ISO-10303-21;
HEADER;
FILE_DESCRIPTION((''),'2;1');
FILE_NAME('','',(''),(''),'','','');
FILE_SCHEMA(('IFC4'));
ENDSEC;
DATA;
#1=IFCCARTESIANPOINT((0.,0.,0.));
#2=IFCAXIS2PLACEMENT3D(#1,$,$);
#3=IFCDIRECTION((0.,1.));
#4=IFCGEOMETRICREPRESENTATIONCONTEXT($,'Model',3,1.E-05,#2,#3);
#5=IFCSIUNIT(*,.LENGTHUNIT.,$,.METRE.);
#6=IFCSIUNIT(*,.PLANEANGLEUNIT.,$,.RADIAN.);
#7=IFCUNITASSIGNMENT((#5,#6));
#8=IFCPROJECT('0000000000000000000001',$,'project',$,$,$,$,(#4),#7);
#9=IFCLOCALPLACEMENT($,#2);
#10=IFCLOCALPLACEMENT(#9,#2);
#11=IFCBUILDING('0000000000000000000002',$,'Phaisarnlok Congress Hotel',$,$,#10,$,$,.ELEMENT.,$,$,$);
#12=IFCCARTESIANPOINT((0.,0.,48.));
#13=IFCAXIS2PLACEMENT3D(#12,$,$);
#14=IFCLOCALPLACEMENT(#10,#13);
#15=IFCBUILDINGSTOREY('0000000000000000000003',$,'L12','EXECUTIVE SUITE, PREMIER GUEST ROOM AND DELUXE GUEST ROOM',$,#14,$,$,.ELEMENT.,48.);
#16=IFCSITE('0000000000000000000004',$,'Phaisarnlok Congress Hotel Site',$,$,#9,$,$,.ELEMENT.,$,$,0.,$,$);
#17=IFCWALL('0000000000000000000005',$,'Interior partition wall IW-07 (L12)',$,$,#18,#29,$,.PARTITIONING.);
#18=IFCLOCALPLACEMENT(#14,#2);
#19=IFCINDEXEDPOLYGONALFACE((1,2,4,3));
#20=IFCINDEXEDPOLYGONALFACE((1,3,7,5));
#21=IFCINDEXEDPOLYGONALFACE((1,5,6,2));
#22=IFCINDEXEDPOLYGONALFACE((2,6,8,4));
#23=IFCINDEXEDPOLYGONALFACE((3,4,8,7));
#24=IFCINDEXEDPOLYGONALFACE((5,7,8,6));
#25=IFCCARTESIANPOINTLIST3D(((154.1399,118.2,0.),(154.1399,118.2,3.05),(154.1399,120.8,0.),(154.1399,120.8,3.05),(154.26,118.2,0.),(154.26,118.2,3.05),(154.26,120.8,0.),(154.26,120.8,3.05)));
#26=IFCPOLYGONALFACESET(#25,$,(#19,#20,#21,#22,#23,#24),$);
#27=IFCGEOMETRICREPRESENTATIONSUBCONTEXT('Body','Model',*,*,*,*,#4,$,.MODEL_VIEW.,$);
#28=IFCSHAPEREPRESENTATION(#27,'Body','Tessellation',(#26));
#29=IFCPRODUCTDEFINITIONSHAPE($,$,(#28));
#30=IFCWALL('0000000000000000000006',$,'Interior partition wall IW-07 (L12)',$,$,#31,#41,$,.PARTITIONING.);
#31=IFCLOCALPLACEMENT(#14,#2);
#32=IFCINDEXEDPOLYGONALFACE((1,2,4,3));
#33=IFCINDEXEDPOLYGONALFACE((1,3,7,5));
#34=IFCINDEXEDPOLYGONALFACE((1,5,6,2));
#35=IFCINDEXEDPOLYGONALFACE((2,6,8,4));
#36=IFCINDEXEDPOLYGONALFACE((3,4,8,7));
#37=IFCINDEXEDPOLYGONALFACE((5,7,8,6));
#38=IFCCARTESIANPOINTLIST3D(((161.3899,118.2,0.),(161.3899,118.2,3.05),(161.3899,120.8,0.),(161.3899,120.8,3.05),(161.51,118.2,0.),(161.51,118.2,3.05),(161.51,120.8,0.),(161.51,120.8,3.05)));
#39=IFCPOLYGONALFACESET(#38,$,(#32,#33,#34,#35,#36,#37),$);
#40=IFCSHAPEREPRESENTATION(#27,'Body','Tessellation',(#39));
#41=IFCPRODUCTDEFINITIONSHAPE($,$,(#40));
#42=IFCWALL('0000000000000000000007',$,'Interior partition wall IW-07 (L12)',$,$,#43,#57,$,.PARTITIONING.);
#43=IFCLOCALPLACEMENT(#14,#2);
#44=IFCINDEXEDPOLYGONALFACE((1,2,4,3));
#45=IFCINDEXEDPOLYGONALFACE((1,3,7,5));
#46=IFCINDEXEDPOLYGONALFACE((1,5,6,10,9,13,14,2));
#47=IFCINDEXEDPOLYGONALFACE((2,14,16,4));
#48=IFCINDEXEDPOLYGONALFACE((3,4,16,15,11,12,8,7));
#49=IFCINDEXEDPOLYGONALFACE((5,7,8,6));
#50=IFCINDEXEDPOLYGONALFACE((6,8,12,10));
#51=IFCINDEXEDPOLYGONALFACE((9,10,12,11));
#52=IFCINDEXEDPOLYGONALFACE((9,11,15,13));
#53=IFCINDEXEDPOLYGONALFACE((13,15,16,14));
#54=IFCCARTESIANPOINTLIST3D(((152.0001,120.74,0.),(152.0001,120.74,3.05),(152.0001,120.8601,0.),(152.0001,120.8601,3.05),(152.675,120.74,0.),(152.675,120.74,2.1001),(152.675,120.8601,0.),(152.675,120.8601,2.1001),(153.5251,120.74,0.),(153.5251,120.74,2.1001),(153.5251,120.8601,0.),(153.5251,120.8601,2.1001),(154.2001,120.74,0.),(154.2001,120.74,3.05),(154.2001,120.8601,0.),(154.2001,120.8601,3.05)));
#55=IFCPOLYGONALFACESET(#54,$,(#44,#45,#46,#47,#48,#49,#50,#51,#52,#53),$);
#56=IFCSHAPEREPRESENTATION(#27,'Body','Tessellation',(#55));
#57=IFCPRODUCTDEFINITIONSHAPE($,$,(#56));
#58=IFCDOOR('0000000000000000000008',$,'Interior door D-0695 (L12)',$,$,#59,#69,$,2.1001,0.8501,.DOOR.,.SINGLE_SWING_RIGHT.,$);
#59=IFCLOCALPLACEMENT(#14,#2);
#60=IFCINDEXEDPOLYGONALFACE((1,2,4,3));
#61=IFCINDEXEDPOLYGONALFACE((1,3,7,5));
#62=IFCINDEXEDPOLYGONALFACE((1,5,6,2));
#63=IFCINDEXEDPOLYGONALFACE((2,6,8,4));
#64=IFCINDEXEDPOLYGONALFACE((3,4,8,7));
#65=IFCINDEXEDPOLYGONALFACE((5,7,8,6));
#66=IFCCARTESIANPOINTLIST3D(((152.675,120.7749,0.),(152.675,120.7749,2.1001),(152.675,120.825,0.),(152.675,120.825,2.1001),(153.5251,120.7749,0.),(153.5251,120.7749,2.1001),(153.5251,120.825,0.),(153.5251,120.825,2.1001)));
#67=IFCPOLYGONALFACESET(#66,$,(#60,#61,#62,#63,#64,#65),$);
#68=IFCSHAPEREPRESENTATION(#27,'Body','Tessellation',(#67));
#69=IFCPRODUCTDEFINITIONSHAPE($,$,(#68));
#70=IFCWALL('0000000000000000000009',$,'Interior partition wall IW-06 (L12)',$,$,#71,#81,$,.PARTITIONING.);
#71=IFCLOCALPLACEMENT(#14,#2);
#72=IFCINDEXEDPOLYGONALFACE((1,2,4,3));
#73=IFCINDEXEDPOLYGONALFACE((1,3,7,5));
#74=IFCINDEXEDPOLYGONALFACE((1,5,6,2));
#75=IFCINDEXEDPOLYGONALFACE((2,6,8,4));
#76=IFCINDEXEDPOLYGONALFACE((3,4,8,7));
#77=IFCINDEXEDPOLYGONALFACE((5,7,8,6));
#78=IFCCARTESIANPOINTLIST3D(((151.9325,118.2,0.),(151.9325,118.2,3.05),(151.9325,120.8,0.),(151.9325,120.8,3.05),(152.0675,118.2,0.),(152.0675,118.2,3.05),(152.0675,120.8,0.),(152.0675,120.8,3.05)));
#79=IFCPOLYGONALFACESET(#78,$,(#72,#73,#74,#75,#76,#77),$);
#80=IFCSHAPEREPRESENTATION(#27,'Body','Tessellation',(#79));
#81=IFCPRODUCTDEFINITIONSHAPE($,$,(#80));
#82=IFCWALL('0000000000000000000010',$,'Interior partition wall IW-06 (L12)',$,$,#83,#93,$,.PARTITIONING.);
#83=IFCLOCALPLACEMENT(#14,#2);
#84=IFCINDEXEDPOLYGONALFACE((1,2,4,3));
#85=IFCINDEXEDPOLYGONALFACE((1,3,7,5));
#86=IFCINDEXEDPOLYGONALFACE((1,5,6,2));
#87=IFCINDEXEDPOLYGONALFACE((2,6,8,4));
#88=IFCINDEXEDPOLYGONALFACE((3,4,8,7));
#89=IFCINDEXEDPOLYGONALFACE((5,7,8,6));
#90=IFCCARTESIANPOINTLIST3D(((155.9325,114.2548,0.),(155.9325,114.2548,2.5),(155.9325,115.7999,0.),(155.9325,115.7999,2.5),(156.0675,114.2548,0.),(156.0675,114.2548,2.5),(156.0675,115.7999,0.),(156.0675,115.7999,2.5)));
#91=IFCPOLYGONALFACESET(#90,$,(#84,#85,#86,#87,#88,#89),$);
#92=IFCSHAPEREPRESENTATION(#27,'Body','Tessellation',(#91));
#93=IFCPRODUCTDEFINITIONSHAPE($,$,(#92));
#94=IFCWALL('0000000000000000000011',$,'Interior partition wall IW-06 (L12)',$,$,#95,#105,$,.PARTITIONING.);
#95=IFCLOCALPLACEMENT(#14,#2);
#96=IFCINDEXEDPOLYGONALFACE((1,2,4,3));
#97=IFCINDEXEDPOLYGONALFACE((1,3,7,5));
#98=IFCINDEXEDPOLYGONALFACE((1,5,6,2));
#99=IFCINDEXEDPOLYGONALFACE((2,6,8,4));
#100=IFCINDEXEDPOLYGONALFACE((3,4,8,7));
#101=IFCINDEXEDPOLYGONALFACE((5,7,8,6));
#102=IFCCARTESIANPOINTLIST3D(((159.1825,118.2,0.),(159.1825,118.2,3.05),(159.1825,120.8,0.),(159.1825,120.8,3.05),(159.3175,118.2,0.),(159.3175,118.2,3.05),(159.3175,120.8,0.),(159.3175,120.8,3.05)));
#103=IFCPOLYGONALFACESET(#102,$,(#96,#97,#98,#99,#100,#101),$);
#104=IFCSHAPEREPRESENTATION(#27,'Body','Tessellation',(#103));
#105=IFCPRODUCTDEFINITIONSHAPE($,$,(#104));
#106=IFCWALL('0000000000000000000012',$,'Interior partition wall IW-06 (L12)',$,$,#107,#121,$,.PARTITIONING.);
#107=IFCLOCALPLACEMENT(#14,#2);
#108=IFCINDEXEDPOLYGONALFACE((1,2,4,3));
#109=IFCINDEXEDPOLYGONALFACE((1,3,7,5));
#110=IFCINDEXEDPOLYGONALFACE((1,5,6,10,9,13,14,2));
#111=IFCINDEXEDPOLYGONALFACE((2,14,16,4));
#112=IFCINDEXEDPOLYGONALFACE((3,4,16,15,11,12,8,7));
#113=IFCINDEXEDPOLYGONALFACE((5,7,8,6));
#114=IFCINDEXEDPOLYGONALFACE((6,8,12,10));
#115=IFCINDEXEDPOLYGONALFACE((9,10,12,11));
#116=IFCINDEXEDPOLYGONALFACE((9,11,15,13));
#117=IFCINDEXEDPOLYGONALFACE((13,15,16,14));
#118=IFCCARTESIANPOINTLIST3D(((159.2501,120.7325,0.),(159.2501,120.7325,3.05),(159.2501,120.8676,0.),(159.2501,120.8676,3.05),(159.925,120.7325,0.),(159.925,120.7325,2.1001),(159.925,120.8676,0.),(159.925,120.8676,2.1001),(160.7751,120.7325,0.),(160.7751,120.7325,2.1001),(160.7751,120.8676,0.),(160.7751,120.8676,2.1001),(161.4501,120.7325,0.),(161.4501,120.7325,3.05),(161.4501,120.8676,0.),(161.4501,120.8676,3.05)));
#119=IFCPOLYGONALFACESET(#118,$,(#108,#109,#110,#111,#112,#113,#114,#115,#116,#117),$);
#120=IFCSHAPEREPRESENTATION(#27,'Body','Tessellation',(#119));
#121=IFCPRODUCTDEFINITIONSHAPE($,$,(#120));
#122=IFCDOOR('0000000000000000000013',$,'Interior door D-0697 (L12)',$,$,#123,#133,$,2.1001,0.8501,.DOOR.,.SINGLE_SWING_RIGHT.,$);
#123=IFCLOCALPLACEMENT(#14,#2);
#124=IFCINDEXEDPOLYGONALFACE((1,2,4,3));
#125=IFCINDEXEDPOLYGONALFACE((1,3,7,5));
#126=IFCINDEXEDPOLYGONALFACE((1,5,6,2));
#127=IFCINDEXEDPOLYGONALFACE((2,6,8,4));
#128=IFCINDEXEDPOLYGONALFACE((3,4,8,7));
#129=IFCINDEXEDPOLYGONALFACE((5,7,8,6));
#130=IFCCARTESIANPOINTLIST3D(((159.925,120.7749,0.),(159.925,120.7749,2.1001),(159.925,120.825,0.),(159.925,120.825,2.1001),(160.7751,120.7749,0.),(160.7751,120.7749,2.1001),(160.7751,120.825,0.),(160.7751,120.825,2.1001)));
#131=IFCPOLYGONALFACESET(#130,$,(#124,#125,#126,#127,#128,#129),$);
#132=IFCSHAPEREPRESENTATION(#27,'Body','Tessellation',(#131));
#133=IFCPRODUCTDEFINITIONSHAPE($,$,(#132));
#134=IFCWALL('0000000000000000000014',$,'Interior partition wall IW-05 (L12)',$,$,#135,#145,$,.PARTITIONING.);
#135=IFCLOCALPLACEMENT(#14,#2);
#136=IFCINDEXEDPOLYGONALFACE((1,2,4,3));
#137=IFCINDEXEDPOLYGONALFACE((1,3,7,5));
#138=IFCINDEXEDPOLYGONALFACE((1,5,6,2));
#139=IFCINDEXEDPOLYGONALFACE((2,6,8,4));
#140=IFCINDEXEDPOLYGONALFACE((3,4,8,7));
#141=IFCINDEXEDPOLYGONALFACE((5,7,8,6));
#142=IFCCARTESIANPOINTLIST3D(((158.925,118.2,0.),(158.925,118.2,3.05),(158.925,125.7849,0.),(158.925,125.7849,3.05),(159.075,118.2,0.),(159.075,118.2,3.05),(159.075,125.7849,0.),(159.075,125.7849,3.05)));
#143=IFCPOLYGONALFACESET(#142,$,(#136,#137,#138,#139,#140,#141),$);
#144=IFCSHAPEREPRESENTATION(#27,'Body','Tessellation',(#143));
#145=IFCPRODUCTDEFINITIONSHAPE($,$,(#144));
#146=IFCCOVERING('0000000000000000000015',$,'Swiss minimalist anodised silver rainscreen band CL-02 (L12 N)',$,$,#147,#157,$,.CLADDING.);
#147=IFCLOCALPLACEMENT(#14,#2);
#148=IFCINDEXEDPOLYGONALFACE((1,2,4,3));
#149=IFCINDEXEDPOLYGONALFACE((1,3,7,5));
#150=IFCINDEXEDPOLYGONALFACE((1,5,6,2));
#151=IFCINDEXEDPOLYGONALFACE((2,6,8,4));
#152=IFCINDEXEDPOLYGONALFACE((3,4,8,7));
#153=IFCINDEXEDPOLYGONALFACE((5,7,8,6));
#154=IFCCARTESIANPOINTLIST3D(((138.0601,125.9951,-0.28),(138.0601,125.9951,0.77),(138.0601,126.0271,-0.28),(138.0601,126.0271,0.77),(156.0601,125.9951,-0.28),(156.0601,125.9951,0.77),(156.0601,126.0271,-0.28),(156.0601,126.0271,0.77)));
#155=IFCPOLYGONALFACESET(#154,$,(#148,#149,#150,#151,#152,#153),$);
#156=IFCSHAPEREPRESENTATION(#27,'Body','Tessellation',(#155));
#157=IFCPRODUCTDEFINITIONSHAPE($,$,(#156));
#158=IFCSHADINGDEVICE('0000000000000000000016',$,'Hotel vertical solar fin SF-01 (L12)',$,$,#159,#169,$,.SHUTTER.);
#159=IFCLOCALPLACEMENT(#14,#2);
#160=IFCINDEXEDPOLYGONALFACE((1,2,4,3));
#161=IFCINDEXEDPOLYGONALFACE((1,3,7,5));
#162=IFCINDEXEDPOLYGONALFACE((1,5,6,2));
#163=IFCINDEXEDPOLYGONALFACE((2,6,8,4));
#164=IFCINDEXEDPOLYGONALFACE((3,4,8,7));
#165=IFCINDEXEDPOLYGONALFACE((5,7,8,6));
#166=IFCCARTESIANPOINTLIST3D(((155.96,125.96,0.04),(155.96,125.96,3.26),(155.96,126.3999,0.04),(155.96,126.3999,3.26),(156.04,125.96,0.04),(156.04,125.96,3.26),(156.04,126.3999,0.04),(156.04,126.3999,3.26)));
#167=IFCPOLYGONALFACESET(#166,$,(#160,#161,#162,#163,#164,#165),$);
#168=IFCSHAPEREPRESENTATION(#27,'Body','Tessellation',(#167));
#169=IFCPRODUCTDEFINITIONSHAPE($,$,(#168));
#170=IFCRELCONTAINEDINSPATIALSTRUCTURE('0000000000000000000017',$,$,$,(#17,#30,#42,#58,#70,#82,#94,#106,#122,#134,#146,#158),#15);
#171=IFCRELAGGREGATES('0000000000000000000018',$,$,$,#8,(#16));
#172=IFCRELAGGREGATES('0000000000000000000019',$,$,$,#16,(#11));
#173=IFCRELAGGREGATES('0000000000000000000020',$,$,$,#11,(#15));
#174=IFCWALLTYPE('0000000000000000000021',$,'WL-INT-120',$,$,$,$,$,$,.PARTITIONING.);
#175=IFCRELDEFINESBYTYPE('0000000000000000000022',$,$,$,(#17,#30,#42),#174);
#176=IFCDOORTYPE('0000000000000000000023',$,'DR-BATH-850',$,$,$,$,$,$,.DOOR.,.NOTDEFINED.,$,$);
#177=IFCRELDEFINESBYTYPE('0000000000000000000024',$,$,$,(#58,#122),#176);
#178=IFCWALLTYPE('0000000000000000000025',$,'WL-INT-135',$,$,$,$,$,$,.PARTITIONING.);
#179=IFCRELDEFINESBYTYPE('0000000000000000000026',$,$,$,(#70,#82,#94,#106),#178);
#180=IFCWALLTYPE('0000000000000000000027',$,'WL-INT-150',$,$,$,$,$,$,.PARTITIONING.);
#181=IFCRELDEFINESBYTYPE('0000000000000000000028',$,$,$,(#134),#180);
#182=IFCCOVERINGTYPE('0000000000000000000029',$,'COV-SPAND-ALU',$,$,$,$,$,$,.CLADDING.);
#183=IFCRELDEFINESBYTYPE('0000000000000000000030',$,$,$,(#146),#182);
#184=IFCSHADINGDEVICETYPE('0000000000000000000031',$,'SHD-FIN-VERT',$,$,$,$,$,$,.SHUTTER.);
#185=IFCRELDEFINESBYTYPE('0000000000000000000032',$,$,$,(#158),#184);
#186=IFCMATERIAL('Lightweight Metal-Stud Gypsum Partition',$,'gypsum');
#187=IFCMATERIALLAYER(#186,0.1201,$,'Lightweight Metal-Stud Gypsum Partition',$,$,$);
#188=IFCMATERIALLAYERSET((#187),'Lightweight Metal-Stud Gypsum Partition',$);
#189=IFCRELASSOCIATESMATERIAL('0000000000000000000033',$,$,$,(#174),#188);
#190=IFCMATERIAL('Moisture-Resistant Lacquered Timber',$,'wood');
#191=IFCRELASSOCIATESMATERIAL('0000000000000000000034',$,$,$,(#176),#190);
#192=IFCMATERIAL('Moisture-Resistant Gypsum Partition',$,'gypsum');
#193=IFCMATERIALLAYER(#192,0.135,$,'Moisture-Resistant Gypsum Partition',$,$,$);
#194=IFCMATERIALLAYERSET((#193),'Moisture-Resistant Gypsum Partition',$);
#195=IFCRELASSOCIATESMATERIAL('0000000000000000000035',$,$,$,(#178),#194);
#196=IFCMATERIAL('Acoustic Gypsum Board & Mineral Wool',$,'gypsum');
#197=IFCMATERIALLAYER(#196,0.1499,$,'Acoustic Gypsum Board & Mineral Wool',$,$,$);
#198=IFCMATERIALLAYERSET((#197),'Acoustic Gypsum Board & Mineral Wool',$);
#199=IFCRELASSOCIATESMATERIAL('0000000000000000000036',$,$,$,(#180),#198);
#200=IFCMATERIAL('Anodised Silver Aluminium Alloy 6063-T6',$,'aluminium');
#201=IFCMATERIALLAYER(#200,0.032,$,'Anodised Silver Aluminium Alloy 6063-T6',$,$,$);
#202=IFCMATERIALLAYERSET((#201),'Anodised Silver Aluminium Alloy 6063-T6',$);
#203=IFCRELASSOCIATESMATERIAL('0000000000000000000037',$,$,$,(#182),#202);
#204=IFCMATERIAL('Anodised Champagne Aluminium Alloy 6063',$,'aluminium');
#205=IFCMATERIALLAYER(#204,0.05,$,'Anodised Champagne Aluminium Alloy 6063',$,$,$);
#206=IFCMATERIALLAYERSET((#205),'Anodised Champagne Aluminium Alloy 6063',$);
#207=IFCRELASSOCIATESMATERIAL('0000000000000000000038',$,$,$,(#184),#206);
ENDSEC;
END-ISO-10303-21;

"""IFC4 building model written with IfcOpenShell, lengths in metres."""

from ifc_helpers import new_model, si_unit, direction, frame, frame_2d, origin, origin_2d, place, context, subcontext, project, spatial, polyline, rectangle, outline, extrude, material, layer, layer_set, type_object, element, fill, save


model = new_model("IFC4")

# Units and contexts
model_context = context("Model", 3, precision=1e-05, world=origin(), true_north=direction((0.0, 1.0)))
body_context = subcontext(model_context, "Body", "Model", "MODEL_VIEW")
ifc_project = project(units=[si_unit("LENGTHUNIT", "METRE"), si_unit("PLANEANGLEUNIT", "RADIAN")], contexts=[model_context])

# Site, building, storey
site_placement = place(None, origin())
site = spatial("IfcSite", under=ifc_project, at=site_placement, Name="Phaisarnlok Congress Hotel Site", CompositionType="ELEMENT", RefElevation=0.0)
building_placement = place(site_placement, origin())
building = spatial("IfcBuilding", under=site, at=building_placement, Name="Phaisarnlok Congress Hotel", CompositionType="ELEMENT")
storey_placement = place(building_placement, frame((0.0, 0.0, 48.0)))
storey = spatial("IfcBuildingStorey", under=building, at=storey_placement, Name="L12", Description="EXECUTIVE SUITE, PREMIER GUEST ROOM AND DELUXE GUEST ROOM", CompositionType="ELEMENT", Elevation=48.0)

# Walls
ifc_material_1 = material(Name="Lightweight Metal-Stud Gypsum Partition", Category="gypsum")
ifc_layer_1 = layer(ifc_material_1, 0.1201, Name="Lightweight Metal-Stud Gypsum Partition")
ifc_layer_set_1 = layer_set([ifc_layer_1], Name="Lightweight Metal-Stud Gypsum Partition")
wall_type_1 = type_object("IfcWallType", Name="WL-INT-120", PredefinedType="PARTITIONING", material=ifc_layer_set_1)
for number, where, z_axis, x_axis, name in (
    (1, (154.2, 118.2, 0.0), (0.0, 0.0, 1.0), (0.0, 1.0, 0.0), "Interior partition wall IW-07 (L12)"),
    (2, (161.45, 118.2, 0.0), (0.0, 0.0, 1.0), (0.0, 1.0, 0.0), "Interior partition wall IW-07 (L12)"),
):
    element("IfcWall", number, at=place(storey_placement, frame(where, z_axis=z_axis, x_axis=x_axis)), inside=storey, type_object=wall_type_1, Name=name, PredefinedType="PARTITIONING", context=body_context, shape_type="SweptSolid", body=[
        extrude(rectangle(XDim=2.6001, YDim=0.1201, at=frame_2d((1.3, 0.0))), origin(), (0.0, 0.0, 1.0), 3.05),
    ])

# Wall, opening, door
wall_1_placement = place(storey_placement, frame((152.0, 120.8, 0.0), z_axis=(0.0, 0.0, 1.0), x_axis=(1.0, 0.0, 0.0)))
wall_1 = element("IfcWall", 3, at=wall_1_placement, inside=storey, type_object=wall_type_1, Name="Interior partition wall IW-07 (L12)", PredefinedType="PARTITIONING", context=body_context, shape_type="SweptSolid", body=[
    extrude(rectangle(XDim=2.2, YDim=0.1201, at=frame_2d((1.1001, 0.0))), origin(), (0.0, 0.0, 1.0), 3.05),
])
opening_1_placement = place(wall_1_placement, frame((0.675, 0.0, 0.0)))
opening_1 = element("IfcOpeningElement", 4, at=opening_1_placement, cuts=wall_1, PredefinedType="OPENING", context=body_context, shape_type="SweptSolid", body=[
    extrude(rectangle(XDim=0.8501, YDim=2.1001, at=frame_2d((0.425, 1.05))), frame((0.0, 0.0701, 0.0), z_axis=(0.0, -1.0, 0.0), x_axis=(1.0, 0.0, 0.0)), (0.0, 0.0, 1.0), 0.1401),
])
ifc_material_2 = material(Name="Moisture-Resistant Lacquered Timber", Category="wood")
door_type = type_object("IfcDoorType", Name="DR-BATH-850", OperationType="NOTDEFINED", PredefinedType="DOOR", material=ifc_material_2)
door_1_placement = place(opening_1_placement, origin())
door_1 = element("IfcDoor", 5, at=door_1_placement, inside=storey, type_object=door_type, Name="Interior door D-0695 (L12)", OperationType="SINGLE_SWING_RIGHT", OverallHeight=2.1001, OverallWidth=0.8501, PredefinedType="DOOR", context=body_context, shape_type="SweptSolid", body=[
    extrude(rectangle(XDim=0.8501, YDim=2.1001, at=frame_2d((0.425, 1.05))), frame((0.0, 0.0249, 0.0), z_axis=(0.0, -1.0, 0.0), x_axis=(1.0, 0.0, 0.0)), (0.0, 0.0, 1.0), 0.05),
])
fill(opening_1, door_1)

# Walls
ifc_material_3 = material(Name="Moisture-Resistant Gypsum Partition", Category="gypsum")
ifc_layer_2 = layer(ifc_material_3, 0.135, Name="Moisture-Resistant Gypsum Partition")
ifc_layer_set_2 = layer_set([ifc_layer_2], Name="Moisture-Resistant Gypsum Partition")
wall_type_2 = type_object("IfcWallType", Name="WL-INT-135", PredefinedType="PARTITIONING", material=ifc_layer_set_2)
wall_2_placement = place(storey_placement, frame((152.0, 118.2, 0.0), z_axis=(0.0, 0.0, 1.0), x_axis=(0.0, 1.0, 0.0)))
element("IfcWall", 6, at=wall_2_placement, inside=storey, type_object=wall_type_2, Name="Interior partition wall IW-06 (L12)", PredefinedType="PARTITIONING", context=body_context, shape_type="SweptSolid", body=[
    extrude(rectangle(XDim=2.6001, YDim=0.135, at=frame_2d((1.3, 0.0))), origin(), (0.0, 0.0, 1.0), 3.05),
])
wall_3_placement = place(storey_placement, frame((156.0, 114.2549, 0.0), z_axis=(0.0, 0.0, 1.0), x_axis=(0.0, 1.0, 0.0)))
element("IfcWall", 7, at=wall_3_placement, inside=storey, type_object=wall_type_2, Name="Interior partition wall IW-06 (L12)", PredefinedType="PARTITIONING", context=body_context, shape_type="SweptSolid", body=[
    extrude(rectangle(XDim=1.5452, YDim=0.135, at=frame_2d((0.7725, 0.0))), origin(), (0.0, 0.0, 1.0), 2.5),
])
wall_4_placement = place(storey_placement, frame((159.25, 118.2, 0.0), z_axis=(0.0, 0.0, 1.0), x_axis=(0.0, 1.0, 0.0)))
element("IfcWall", 8, at=wall_4_placement, inside=storey, type_object=wall_type_2, Name="Interior partition wall IW-06 (L12)", PredefinedType="PARTITIONING", context=body_context, shape_type="SweptSolid", body=[
    extrude(rectangle(XDim=2.6001, YDim=0.135, at=frame_2d((1.3, 0.0))), origin(), (0.0, 0.0, 1.0), 3.05),
])

# Wall, opening, door
wall_5_placement = place(storey_placement, frame((159.25, 120.8, 0.0), z_axis=(0.0, 0.0, 1.0), x_axis=(1.0, 0.0, 0.0)))
wall_5 = element("IfcWall", 9, at=wall_5_placement, inside=storey, type_object=wall_type_2, Name="Interior partition wall IW-06 (L12)", PredefinedType="PARTITIONING", context=body_context, shape_type="SweptSolid", body=[
    extrude(rectangle(XDim=2.2, YDim=0.135, at=frame_2d((1.1001, 0.0))), origin(), (0.0, 0.0, 1.0), 3.05),
])
opening_2_placement = place(wall_5_placement, frame((0.675, 0.0, 0.0)))
opening_2 = element("IfcOpeningElement", 10, at=opening_2_placement, cuts=wall_5, PredefinedType="OPENING", context=body_context, shape_type="SweptSolid", body=[
    extrude(rectangle(XDim=0.8501, YDim=2.1001, at=frame_2d((0.425, 1.05))), frame((0.0, 0.0776, 0.0), z_axis=(0.0, -1.0, 0.0), x_axis=(1.0, 0.0, 0.0)), (0.0, 0.0, 1.0), 0.155),
])
door_2_placement = place(opening_2_placement, origin())
door_2 = element("IfcDoor", 11, at=door_2_placement, inside=storey, type_object=door_type, Name="Interior door D-0697 (L12)", OperationType="SINGLE_SWING_RIGHT", OverallHeight=2.1001, OverallWidth=0.8501, PredefinedType="DOOR", context=body_context, shape_type="SweptSolid", body=[
    extrude(rectangle(XDim=0.8501, YDim=2.1001, at=frame_2d((0.425, 1.05))), frame((0.0, 0.0249, 0.0), z_axis=(0.0, -1.0, 0.0), x_axis=(1.0, 0.0, 0.0)), (0.0, 0.0, 1.0), 0.05),
])
fill(opening_2, door_2)

# Wall
ifc_material_4 = material(Name="Acoustic Gypsum Board & Mineral Wool", Category="gypsum")
ifc_layer_3 = layer(ifc_material_4, 0.1499, Name="Acoustic Gypsum Board & Mineral Wool")
ifc_layer_set_3 = layer_set([ifc_layer_3], Name="Acoustic Gypsum Board & Mineral Wool")
wall_type_3 = type_object("IfcWallType", Name="WL-INT-150", PredefinedType="PARTITIONING", material=ifc_layer_set_3)
wall_6_placement = place(storey_placement, frame((159.0, 118.2, 0.0), z_axis=(0.0, 0.0, 1.0), x_axis=(0.0, 1.0, 0.0)))
element("IfcWall", 12, at=wall_6_placement, inside=storey, type_object=wall_type_3, Name="Interior partition wall IW-05 (L12)", PredefinedType="PARTITIONING", context=body_context, shape_type="SweptSolid", body=[
    extrude(rectangle(XDim=7.585, YDim=0.1499, at=frame_2d((3.7925, 0.0))), origin(), (0.0, 0.0, 1.0), 3.05),
])

# Covering
ifc_material_5 = material(Name="Anodised Silver Aluminium Alloy 6063-T6", Category="aluminium")
ifc_layer_4 = layer(ifc_material_5, 0.032, Name="Anodised Silver Aluminium Alloy 6063-T6")
ifc_layer_set_4 = layer_set([ifc_layer_4], Name="Anodised Silver Aluminium Alloy 6063-T6")
covering_type = type_object("IfcCoveringType", Name="COV-SPAND-ALU", PredefinedType="CLADDING", material=ifc_layer_set_4)
covering_placement = place(storey_placement, frame((156.0601, 125.9951, -0.28), z_axis=(0.0, 1.0, 0.0), x_axis=(-1.0, 0.0, 0.0)))
element("IfcCovering", 13, at=covering_placement, inside=storey, type_object=covering_type, Name="Swiss minimalist anodised silver rainscreen band CL-02 (L12 N)", PredefinedType="CLADDING", context=body_context, shape_type="SweptSolid", body=[
    extrude(outline(polyline([(0.0, 0.0), (18.0, 0.0), (18.0, 1.05), (0.0, 1.05), (0.0, 0.0)])), origin(), (0.0, 0.0, 1.0), 0.032),
])

# Shading device
ifc_material_6 = material(Name="Anodised Champagne Aluminium Alloy 6063", Category="aluminium")
ifc_layer_5 = layer(ifc_material_6, 0.05, Name="Anodised Champagne Aluminium Alloy 6063")
ifc_layer_set_5 = layer_set([ifc_layer_5], Name="Anodised Champagne Aluminium Alloy 6063")
shading_device_type = type_object("IfcShadingDeviceType", Name="SHD-FIN-VERT", PredefinedType="SHUTTER", material=ifc_layer_set_5)
shading_device_placement = place(storey_placement, frame((156.0, 126.1799, 0.04), z_axis=(0.0, 0.0, 1.0), x_axis=(1.0, 0.0, 0.0)))
element("IfcShadingDevice", 14, at=shading_device_placement, inside=storey, type_object=shading_device_type, Name="Hotel vertical solar fin SF-01 (L12)", PredefinedType="SHUTTER", context=body_context, shape_type="SweptSolid", body=[
    extrude(rectangle(XDim=0.0801, YDim=0.4399, at=origin_2d()), origin(), (0.0, 0.0, 1.0), 3.22),
])

save(model, "model.ifc")
